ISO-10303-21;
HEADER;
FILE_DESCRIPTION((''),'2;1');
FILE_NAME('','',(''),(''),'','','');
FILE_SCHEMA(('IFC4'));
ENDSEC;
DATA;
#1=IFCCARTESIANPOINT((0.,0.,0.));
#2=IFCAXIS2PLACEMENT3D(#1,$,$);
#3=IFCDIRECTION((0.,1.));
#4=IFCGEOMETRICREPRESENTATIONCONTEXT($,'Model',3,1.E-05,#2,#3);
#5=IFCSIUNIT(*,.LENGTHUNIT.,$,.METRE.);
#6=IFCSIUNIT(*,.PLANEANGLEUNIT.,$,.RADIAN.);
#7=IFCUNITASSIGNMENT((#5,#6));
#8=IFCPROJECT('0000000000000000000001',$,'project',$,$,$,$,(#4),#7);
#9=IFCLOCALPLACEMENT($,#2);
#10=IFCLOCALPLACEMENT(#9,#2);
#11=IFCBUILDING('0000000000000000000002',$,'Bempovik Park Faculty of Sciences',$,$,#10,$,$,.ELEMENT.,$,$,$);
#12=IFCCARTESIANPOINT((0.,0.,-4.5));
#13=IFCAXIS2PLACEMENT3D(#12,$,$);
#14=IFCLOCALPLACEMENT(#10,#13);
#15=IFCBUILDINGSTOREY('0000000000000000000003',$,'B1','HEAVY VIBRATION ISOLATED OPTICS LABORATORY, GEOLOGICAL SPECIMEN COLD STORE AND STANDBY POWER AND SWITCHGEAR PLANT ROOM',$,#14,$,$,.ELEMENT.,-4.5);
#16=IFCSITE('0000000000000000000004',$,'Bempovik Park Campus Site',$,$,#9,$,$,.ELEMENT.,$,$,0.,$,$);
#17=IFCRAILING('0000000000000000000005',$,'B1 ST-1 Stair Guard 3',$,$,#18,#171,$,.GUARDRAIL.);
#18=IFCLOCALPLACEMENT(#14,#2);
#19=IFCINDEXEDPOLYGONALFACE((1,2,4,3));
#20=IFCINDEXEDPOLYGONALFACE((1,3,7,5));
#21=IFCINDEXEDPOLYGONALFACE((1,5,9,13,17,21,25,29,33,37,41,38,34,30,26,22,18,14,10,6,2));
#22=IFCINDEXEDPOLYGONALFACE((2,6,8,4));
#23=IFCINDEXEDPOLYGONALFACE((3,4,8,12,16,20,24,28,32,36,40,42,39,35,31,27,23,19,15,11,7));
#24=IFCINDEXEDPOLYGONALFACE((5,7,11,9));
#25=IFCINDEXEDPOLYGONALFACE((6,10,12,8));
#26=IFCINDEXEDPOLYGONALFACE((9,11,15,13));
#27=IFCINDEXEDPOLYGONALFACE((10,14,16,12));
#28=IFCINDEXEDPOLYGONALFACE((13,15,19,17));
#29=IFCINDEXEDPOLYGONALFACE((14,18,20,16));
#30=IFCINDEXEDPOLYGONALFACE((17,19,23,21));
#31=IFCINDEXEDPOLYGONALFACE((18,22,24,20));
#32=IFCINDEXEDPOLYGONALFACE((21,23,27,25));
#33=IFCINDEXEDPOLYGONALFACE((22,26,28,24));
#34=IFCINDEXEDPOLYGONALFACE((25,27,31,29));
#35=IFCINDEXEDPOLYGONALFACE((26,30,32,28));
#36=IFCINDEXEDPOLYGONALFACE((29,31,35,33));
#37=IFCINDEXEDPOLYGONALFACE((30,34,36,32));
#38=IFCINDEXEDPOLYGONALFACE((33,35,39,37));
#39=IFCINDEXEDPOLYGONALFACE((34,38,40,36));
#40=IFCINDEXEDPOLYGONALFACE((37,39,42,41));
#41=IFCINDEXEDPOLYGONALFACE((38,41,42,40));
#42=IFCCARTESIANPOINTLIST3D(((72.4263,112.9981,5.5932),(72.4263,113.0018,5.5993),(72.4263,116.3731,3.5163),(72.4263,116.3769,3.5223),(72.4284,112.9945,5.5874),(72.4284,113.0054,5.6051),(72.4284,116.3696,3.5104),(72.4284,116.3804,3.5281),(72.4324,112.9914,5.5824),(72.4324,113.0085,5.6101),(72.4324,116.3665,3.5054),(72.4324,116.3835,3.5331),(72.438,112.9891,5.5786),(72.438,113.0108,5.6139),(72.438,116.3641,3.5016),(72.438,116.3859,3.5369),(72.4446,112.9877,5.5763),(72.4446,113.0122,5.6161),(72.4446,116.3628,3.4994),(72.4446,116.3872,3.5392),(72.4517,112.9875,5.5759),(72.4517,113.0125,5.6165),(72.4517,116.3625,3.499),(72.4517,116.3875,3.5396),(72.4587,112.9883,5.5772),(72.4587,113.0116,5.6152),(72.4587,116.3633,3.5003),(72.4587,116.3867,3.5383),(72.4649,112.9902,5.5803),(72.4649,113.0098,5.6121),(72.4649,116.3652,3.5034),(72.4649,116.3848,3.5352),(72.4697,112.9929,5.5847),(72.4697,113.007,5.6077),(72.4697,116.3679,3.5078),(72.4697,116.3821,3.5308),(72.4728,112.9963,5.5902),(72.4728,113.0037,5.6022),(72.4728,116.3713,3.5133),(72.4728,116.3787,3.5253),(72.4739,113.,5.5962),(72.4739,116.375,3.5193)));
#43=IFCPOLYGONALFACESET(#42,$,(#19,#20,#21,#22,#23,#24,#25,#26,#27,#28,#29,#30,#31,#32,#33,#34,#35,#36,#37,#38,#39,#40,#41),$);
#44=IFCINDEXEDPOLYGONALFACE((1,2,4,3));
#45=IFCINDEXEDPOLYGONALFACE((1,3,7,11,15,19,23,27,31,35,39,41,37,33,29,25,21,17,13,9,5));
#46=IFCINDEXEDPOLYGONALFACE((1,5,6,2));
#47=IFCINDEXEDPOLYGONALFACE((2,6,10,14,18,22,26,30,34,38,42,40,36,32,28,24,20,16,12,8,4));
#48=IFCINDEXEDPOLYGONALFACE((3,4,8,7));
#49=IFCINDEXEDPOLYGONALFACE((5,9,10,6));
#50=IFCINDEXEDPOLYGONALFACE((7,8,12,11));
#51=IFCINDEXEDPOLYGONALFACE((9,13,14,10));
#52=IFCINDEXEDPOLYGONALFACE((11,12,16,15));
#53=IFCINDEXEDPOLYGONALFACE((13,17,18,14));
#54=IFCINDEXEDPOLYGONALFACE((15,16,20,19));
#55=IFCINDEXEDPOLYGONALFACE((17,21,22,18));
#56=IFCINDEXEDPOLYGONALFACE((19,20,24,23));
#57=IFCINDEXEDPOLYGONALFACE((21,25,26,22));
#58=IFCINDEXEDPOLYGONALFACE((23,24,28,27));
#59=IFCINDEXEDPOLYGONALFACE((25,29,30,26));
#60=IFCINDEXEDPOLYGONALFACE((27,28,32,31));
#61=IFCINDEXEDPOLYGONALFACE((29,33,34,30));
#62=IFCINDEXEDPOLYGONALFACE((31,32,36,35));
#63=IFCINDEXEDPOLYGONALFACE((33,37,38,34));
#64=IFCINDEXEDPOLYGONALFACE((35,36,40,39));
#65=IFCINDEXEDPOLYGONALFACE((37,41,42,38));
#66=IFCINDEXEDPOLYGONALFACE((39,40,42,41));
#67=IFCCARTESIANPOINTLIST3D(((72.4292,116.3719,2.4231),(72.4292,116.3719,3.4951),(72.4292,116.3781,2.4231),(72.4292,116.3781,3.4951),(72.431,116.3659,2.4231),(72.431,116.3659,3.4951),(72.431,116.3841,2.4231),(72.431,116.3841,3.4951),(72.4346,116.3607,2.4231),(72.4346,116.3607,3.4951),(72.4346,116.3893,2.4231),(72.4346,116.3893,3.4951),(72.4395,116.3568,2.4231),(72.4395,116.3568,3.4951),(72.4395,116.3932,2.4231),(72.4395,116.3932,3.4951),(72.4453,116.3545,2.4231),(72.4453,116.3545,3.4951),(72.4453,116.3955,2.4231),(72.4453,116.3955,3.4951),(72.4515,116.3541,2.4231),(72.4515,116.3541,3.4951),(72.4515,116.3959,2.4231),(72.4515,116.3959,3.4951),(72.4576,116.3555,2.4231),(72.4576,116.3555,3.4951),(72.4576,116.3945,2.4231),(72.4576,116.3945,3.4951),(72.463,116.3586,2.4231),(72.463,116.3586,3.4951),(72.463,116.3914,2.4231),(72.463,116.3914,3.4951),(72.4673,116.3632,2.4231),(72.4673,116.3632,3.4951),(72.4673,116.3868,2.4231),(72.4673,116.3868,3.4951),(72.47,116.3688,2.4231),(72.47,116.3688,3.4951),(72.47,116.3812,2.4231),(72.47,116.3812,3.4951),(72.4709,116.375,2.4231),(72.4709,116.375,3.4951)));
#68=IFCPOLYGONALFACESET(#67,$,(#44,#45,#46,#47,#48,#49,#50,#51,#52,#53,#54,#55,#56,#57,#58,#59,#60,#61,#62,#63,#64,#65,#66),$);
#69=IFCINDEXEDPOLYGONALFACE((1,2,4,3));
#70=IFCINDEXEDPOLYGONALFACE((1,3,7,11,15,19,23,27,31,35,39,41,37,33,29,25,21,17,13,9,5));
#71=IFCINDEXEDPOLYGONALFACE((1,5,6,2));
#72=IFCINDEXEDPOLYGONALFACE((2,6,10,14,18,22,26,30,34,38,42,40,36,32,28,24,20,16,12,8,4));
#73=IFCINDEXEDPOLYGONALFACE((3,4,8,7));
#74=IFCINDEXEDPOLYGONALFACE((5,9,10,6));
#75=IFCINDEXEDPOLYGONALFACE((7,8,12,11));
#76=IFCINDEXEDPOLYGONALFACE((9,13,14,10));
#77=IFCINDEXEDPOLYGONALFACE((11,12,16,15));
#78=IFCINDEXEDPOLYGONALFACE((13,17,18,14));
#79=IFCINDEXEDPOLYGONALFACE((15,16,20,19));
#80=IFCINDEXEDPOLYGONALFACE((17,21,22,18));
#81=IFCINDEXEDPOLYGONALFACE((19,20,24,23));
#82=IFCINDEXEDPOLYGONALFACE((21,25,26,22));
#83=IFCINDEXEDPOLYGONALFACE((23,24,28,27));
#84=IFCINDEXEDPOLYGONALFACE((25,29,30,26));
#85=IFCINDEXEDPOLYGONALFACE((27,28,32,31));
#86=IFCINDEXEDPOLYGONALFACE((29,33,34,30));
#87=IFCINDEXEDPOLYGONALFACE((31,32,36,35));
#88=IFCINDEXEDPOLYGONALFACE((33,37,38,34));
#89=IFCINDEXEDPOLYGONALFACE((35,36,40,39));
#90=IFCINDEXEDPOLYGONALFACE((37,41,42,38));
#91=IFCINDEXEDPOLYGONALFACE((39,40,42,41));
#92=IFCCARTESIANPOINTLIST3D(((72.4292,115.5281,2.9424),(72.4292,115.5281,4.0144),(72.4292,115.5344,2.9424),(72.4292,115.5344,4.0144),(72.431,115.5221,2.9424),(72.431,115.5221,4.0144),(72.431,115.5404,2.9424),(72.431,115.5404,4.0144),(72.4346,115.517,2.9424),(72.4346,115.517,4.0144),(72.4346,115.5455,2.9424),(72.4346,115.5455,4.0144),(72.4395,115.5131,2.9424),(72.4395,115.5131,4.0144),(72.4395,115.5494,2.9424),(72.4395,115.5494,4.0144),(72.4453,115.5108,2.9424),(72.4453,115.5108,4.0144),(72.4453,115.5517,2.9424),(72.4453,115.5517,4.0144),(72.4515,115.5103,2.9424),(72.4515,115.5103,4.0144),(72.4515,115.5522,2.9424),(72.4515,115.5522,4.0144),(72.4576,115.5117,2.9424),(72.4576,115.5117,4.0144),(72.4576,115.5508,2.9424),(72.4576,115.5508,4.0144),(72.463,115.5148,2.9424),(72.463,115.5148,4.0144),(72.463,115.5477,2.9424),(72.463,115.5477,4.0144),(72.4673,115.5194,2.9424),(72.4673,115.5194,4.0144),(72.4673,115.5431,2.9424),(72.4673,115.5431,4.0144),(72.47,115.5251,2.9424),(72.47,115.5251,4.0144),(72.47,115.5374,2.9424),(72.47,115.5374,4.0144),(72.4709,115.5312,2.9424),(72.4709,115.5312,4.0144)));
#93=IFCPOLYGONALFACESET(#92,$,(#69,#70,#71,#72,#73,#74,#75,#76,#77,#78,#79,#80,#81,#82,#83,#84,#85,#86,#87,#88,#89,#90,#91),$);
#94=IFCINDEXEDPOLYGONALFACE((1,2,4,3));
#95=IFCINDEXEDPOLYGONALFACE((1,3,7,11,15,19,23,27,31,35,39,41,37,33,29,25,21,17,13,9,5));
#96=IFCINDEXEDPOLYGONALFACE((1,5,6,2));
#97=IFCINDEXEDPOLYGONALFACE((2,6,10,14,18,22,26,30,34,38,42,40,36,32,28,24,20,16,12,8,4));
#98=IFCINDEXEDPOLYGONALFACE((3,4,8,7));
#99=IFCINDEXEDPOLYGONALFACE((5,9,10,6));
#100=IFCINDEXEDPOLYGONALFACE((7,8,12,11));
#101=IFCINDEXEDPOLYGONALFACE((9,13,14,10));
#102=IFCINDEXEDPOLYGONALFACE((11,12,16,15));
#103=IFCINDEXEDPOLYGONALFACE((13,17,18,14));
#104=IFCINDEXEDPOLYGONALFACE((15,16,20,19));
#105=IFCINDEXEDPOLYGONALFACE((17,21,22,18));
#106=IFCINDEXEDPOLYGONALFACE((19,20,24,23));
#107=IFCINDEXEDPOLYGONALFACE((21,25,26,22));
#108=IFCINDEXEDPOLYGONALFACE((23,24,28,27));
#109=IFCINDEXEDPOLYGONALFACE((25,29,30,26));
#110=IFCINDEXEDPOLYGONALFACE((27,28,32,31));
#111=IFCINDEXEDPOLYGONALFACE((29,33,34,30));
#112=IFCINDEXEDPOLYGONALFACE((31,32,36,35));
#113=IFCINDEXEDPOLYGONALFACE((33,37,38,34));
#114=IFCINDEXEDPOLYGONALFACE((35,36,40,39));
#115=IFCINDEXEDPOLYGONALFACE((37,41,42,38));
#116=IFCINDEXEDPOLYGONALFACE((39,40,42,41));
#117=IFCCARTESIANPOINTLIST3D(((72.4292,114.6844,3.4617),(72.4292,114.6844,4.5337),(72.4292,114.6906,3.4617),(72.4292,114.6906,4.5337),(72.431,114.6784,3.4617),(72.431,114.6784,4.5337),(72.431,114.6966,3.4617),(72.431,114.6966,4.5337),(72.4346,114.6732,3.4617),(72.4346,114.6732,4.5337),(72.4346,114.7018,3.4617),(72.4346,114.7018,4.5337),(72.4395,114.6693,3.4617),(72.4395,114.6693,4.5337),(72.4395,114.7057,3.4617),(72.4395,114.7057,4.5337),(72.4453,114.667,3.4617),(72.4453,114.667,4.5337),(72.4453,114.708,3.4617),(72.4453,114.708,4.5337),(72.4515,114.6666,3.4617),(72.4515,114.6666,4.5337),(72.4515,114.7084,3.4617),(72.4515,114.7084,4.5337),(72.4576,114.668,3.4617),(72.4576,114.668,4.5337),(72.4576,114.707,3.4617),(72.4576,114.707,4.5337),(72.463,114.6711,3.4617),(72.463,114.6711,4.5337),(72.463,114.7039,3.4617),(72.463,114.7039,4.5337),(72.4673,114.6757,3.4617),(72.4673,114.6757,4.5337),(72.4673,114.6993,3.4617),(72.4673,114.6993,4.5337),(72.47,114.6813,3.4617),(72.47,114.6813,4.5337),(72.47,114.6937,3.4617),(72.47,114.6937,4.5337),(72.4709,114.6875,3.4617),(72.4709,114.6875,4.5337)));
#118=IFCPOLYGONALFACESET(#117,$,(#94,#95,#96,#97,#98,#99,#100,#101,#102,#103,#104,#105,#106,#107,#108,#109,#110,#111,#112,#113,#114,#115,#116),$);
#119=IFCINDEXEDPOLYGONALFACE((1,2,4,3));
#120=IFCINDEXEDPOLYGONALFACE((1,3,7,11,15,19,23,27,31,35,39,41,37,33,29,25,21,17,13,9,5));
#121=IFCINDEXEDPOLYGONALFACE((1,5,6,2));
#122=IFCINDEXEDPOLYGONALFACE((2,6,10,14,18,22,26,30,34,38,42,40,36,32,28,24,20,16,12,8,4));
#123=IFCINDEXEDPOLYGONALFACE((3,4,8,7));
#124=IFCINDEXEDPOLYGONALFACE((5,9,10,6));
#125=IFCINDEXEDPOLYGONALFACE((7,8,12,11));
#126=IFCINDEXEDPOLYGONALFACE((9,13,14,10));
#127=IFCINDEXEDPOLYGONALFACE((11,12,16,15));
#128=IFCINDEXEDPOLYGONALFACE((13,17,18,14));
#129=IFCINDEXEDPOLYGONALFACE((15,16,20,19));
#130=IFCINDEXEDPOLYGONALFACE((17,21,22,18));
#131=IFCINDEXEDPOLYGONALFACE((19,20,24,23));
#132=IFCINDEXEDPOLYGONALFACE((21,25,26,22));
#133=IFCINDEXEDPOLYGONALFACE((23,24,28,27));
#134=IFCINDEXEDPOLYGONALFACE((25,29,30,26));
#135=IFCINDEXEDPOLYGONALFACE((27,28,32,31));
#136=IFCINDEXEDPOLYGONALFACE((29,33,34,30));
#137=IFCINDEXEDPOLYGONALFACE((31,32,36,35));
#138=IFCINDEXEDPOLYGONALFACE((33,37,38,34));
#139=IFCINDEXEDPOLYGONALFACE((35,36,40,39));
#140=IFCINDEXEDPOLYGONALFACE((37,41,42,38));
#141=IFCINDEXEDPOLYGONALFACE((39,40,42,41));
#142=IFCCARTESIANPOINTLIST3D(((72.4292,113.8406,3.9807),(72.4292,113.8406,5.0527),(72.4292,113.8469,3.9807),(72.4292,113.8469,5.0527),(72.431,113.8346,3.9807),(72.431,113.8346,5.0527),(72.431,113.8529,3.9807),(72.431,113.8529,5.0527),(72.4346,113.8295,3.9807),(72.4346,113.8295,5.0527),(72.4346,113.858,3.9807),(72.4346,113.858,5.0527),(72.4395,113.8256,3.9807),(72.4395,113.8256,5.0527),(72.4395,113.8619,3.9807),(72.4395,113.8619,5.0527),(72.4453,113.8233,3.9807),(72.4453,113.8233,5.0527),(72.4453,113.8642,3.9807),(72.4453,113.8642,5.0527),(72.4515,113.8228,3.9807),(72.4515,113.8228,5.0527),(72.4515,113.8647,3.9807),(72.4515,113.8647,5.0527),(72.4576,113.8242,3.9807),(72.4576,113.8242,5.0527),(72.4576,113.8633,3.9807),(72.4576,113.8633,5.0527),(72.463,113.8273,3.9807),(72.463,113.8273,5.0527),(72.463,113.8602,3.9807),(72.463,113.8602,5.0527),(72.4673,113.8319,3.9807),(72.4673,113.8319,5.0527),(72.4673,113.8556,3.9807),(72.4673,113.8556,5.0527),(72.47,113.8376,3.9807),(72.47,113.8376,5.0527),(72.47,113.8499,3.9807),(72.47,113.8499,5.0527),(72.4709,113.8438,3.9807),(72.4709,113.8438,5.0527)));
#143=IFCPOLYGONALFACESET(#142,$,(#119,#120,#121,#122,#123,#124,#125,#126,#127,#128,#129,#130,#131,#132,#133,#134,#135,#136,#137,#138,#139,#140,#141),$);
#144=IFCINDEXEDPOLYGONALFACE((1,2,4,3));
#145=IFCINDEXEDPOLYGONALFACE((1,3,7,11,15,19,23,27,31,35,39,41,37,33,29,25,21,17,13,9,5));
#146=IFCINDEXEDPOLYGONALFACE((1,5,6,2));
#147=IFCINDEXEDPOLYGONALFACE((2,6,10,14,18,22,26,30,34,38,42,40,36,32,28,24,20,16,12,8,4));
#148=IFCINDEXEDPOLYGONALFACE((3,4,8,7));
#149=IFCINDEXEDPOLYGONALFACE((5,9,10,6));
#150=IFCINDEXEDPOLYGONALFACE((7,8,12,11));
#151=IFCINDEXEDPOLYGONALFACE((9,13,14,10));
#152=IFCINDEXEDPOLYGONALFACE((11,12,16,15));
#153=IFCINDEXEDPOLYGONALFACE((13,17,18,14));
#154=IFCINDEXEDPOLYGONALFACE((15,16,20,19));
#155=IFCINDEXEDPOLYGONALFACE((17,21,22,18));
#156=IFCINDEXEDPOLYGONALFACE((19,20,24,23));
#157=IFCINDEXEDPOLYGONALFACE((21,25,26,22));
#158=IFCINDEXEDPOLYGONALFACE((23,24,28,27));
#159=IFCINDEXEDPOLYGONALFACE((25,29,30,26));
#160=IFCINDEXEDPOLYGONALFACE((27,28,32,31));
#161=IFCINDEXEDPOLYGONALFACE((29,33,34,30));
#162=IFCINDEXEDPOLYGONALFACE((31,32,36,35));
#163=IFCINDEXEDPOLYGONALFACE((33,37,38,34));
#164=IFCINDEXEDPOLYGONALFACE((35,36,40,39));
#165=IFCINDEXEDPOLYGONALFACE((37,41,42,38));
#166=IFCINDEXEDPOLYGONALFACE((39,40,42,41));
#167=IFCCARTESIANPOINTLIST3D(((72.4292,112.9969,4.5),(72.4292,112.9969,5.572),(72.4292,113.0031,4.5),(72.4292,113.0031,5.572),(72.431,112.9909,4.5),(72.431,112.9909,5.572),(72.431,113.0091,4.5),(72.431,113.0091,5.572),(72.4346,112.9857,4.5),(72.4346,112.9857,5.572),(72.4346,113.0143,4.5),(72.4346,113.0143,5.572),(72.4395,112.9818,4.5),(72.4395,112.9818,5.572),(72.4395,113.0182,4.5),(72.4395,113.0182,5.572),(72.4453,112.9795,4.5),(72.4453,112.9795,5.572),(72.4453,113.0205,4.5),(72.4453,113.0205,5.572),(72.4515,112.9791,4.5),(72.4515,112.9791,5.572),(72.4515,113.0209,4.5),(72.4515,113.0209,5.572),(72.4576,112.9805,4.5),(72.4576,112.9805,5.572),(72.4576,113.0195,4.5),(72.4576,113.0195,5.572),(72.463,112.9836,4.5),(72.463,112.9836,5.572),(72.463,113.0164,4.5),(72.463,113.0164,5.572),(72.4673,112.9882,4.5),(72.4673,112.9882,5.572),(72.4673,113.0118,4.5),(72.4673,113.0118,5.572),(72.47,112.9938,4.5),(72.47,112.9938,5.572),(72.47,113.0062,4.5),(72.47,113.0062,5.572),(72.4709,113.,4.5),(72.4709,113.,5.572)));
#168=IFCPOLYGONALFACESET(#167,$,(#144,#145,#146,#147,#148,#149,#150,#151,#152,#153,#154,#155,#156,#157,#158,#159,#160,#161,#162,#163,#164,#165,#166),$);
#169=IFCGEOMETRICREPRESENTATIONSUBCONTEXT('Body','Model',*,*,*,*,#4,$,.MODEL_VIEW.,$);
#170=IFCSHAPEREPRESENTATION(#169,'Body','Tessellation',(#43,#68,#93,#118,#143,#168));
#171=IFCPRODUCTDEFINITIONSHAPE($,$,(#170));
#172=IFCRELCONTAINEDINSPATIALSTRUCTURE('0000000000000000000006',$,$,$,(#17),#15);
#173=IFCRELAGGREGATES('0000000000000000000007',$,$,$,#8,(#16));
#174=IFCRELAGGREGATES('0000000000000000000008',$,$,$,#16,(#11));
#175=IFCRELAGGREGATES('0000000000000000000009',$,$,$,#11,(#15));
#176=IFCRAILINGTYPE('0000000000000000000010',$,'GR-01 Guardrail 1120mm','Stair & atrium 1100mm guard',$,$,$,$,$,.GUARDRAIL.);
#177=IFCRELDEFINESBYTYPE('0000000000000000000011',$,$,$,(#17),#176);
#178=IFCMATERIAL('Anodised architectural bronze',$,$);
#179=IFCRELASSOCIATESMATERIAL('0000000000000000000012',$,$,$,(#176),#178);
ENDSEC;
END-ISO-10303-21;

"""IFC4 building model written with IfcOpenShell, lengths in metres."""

from ifc_helpers import new_model, si_unit, direction, frame, origin, origin_2d, place, context, subcontext, project, spatial, circle, extrude, material, type_object, element, save


model = new_model("IFC4")

# Units and contexts
model_context = context("Model", 3, precision=1e-05, world=origin(), true_north=direction((0.0, 1.0)))
body_context = subcontext(model_context, "Body", "Model", "MODEL_VIEW")
ifc_project = project(units=[si_unit("LENGTHUNIT", "METRE"), si_unit("PLANEANGLEUNIT", "RADIAN")], contexts=[model_context])

# Site, building, storey
site_placement = place(None, origin())
site = spatial("IfcSite", under=ifc_project, at=site_placement, Name="Bempovik Park Campus Site", CompositionType="ELEMENT", RefElevation=0.0)
building_placement = place(site_placement, origin())
building = spatial("IfcBuilding", under=site, at=building_placement, Name="Bempovik Park Faculty of Sciences", CompositionType="ELEMENT")
storey_placement = place(building_placement, frame((0.0, 0.0, -4.5)))
storey = spatial("IfcBuildingStorey", under=building, at=storey_placement, Name="B1", Description="HEAVY VIBRATION ISOLATED OPTICS LABORATORY, GEOLOGICAL SPECIMEN COLD STORE AND STANDBY POWER AND SWITCHGEAR PLANT ROOM", CompositionType="ELEMENT", Elevation=-4.5)

# Railing
ifc_material_1 = material(Name="Anodised architectural bronze")
railing_type_1 = type_object("IfcRailingType", Name="GR-01 Guardrail 1120mm", Description="Stair & atrium 1100mm guard", PredefinedType="GUARDRAIL", material=ifc_material_1)
railing_1_placement = place(storey_placement, frame((72.45, 116.375, 2.4231)))
element("IfcRailing", 1, at=railing_1_placement, inside=storey, type_object=railing_type_1, Name="B1 ST-1 Stair Guard 3", PredefinedType="GUARDRAIL", context=body_context, shape_type="SweptSolid", body=[
    extrude(circle(Radius=0.0239, at=origin_2d()), frame((0.0, 0.0, 1.0962), z_axis=(0.0, -0.85166, 0.524094), x_axis=(1.0, 0.0, 0.0)), (0.0, 0.0, 1.0), 3.9629),
    extrude(circle(Radius=0.021, at=origin_2d()), origin(), (0.0, 0.0, 1.0), 1.072),
    extrude(circle(Radius=0.021, at=origin_2d()), frame((0.0, -0.8438, 0.5193)), (0.0, 0.0, 1.0), 1.072),
    extrude(circle(Radius=0.021, at=origin_2d()), frame((0.0, -1.6875, 1.0386)), (0.0, 0.0, 1.0), 1.072),
    extrude(circle(Radius=0.021, at=origin_2d()), frame((0.0, -2.5312, 1.5576)), (0.0, 0.0, 1.0), 1.072),
    extrude(circle(Radius=0.021, at=origin_2d()), frame((0.0, -3.375, 2.0769)), (0.0, 0.0, 1.0), 1.072),
])

save(model, "model.ifc")
